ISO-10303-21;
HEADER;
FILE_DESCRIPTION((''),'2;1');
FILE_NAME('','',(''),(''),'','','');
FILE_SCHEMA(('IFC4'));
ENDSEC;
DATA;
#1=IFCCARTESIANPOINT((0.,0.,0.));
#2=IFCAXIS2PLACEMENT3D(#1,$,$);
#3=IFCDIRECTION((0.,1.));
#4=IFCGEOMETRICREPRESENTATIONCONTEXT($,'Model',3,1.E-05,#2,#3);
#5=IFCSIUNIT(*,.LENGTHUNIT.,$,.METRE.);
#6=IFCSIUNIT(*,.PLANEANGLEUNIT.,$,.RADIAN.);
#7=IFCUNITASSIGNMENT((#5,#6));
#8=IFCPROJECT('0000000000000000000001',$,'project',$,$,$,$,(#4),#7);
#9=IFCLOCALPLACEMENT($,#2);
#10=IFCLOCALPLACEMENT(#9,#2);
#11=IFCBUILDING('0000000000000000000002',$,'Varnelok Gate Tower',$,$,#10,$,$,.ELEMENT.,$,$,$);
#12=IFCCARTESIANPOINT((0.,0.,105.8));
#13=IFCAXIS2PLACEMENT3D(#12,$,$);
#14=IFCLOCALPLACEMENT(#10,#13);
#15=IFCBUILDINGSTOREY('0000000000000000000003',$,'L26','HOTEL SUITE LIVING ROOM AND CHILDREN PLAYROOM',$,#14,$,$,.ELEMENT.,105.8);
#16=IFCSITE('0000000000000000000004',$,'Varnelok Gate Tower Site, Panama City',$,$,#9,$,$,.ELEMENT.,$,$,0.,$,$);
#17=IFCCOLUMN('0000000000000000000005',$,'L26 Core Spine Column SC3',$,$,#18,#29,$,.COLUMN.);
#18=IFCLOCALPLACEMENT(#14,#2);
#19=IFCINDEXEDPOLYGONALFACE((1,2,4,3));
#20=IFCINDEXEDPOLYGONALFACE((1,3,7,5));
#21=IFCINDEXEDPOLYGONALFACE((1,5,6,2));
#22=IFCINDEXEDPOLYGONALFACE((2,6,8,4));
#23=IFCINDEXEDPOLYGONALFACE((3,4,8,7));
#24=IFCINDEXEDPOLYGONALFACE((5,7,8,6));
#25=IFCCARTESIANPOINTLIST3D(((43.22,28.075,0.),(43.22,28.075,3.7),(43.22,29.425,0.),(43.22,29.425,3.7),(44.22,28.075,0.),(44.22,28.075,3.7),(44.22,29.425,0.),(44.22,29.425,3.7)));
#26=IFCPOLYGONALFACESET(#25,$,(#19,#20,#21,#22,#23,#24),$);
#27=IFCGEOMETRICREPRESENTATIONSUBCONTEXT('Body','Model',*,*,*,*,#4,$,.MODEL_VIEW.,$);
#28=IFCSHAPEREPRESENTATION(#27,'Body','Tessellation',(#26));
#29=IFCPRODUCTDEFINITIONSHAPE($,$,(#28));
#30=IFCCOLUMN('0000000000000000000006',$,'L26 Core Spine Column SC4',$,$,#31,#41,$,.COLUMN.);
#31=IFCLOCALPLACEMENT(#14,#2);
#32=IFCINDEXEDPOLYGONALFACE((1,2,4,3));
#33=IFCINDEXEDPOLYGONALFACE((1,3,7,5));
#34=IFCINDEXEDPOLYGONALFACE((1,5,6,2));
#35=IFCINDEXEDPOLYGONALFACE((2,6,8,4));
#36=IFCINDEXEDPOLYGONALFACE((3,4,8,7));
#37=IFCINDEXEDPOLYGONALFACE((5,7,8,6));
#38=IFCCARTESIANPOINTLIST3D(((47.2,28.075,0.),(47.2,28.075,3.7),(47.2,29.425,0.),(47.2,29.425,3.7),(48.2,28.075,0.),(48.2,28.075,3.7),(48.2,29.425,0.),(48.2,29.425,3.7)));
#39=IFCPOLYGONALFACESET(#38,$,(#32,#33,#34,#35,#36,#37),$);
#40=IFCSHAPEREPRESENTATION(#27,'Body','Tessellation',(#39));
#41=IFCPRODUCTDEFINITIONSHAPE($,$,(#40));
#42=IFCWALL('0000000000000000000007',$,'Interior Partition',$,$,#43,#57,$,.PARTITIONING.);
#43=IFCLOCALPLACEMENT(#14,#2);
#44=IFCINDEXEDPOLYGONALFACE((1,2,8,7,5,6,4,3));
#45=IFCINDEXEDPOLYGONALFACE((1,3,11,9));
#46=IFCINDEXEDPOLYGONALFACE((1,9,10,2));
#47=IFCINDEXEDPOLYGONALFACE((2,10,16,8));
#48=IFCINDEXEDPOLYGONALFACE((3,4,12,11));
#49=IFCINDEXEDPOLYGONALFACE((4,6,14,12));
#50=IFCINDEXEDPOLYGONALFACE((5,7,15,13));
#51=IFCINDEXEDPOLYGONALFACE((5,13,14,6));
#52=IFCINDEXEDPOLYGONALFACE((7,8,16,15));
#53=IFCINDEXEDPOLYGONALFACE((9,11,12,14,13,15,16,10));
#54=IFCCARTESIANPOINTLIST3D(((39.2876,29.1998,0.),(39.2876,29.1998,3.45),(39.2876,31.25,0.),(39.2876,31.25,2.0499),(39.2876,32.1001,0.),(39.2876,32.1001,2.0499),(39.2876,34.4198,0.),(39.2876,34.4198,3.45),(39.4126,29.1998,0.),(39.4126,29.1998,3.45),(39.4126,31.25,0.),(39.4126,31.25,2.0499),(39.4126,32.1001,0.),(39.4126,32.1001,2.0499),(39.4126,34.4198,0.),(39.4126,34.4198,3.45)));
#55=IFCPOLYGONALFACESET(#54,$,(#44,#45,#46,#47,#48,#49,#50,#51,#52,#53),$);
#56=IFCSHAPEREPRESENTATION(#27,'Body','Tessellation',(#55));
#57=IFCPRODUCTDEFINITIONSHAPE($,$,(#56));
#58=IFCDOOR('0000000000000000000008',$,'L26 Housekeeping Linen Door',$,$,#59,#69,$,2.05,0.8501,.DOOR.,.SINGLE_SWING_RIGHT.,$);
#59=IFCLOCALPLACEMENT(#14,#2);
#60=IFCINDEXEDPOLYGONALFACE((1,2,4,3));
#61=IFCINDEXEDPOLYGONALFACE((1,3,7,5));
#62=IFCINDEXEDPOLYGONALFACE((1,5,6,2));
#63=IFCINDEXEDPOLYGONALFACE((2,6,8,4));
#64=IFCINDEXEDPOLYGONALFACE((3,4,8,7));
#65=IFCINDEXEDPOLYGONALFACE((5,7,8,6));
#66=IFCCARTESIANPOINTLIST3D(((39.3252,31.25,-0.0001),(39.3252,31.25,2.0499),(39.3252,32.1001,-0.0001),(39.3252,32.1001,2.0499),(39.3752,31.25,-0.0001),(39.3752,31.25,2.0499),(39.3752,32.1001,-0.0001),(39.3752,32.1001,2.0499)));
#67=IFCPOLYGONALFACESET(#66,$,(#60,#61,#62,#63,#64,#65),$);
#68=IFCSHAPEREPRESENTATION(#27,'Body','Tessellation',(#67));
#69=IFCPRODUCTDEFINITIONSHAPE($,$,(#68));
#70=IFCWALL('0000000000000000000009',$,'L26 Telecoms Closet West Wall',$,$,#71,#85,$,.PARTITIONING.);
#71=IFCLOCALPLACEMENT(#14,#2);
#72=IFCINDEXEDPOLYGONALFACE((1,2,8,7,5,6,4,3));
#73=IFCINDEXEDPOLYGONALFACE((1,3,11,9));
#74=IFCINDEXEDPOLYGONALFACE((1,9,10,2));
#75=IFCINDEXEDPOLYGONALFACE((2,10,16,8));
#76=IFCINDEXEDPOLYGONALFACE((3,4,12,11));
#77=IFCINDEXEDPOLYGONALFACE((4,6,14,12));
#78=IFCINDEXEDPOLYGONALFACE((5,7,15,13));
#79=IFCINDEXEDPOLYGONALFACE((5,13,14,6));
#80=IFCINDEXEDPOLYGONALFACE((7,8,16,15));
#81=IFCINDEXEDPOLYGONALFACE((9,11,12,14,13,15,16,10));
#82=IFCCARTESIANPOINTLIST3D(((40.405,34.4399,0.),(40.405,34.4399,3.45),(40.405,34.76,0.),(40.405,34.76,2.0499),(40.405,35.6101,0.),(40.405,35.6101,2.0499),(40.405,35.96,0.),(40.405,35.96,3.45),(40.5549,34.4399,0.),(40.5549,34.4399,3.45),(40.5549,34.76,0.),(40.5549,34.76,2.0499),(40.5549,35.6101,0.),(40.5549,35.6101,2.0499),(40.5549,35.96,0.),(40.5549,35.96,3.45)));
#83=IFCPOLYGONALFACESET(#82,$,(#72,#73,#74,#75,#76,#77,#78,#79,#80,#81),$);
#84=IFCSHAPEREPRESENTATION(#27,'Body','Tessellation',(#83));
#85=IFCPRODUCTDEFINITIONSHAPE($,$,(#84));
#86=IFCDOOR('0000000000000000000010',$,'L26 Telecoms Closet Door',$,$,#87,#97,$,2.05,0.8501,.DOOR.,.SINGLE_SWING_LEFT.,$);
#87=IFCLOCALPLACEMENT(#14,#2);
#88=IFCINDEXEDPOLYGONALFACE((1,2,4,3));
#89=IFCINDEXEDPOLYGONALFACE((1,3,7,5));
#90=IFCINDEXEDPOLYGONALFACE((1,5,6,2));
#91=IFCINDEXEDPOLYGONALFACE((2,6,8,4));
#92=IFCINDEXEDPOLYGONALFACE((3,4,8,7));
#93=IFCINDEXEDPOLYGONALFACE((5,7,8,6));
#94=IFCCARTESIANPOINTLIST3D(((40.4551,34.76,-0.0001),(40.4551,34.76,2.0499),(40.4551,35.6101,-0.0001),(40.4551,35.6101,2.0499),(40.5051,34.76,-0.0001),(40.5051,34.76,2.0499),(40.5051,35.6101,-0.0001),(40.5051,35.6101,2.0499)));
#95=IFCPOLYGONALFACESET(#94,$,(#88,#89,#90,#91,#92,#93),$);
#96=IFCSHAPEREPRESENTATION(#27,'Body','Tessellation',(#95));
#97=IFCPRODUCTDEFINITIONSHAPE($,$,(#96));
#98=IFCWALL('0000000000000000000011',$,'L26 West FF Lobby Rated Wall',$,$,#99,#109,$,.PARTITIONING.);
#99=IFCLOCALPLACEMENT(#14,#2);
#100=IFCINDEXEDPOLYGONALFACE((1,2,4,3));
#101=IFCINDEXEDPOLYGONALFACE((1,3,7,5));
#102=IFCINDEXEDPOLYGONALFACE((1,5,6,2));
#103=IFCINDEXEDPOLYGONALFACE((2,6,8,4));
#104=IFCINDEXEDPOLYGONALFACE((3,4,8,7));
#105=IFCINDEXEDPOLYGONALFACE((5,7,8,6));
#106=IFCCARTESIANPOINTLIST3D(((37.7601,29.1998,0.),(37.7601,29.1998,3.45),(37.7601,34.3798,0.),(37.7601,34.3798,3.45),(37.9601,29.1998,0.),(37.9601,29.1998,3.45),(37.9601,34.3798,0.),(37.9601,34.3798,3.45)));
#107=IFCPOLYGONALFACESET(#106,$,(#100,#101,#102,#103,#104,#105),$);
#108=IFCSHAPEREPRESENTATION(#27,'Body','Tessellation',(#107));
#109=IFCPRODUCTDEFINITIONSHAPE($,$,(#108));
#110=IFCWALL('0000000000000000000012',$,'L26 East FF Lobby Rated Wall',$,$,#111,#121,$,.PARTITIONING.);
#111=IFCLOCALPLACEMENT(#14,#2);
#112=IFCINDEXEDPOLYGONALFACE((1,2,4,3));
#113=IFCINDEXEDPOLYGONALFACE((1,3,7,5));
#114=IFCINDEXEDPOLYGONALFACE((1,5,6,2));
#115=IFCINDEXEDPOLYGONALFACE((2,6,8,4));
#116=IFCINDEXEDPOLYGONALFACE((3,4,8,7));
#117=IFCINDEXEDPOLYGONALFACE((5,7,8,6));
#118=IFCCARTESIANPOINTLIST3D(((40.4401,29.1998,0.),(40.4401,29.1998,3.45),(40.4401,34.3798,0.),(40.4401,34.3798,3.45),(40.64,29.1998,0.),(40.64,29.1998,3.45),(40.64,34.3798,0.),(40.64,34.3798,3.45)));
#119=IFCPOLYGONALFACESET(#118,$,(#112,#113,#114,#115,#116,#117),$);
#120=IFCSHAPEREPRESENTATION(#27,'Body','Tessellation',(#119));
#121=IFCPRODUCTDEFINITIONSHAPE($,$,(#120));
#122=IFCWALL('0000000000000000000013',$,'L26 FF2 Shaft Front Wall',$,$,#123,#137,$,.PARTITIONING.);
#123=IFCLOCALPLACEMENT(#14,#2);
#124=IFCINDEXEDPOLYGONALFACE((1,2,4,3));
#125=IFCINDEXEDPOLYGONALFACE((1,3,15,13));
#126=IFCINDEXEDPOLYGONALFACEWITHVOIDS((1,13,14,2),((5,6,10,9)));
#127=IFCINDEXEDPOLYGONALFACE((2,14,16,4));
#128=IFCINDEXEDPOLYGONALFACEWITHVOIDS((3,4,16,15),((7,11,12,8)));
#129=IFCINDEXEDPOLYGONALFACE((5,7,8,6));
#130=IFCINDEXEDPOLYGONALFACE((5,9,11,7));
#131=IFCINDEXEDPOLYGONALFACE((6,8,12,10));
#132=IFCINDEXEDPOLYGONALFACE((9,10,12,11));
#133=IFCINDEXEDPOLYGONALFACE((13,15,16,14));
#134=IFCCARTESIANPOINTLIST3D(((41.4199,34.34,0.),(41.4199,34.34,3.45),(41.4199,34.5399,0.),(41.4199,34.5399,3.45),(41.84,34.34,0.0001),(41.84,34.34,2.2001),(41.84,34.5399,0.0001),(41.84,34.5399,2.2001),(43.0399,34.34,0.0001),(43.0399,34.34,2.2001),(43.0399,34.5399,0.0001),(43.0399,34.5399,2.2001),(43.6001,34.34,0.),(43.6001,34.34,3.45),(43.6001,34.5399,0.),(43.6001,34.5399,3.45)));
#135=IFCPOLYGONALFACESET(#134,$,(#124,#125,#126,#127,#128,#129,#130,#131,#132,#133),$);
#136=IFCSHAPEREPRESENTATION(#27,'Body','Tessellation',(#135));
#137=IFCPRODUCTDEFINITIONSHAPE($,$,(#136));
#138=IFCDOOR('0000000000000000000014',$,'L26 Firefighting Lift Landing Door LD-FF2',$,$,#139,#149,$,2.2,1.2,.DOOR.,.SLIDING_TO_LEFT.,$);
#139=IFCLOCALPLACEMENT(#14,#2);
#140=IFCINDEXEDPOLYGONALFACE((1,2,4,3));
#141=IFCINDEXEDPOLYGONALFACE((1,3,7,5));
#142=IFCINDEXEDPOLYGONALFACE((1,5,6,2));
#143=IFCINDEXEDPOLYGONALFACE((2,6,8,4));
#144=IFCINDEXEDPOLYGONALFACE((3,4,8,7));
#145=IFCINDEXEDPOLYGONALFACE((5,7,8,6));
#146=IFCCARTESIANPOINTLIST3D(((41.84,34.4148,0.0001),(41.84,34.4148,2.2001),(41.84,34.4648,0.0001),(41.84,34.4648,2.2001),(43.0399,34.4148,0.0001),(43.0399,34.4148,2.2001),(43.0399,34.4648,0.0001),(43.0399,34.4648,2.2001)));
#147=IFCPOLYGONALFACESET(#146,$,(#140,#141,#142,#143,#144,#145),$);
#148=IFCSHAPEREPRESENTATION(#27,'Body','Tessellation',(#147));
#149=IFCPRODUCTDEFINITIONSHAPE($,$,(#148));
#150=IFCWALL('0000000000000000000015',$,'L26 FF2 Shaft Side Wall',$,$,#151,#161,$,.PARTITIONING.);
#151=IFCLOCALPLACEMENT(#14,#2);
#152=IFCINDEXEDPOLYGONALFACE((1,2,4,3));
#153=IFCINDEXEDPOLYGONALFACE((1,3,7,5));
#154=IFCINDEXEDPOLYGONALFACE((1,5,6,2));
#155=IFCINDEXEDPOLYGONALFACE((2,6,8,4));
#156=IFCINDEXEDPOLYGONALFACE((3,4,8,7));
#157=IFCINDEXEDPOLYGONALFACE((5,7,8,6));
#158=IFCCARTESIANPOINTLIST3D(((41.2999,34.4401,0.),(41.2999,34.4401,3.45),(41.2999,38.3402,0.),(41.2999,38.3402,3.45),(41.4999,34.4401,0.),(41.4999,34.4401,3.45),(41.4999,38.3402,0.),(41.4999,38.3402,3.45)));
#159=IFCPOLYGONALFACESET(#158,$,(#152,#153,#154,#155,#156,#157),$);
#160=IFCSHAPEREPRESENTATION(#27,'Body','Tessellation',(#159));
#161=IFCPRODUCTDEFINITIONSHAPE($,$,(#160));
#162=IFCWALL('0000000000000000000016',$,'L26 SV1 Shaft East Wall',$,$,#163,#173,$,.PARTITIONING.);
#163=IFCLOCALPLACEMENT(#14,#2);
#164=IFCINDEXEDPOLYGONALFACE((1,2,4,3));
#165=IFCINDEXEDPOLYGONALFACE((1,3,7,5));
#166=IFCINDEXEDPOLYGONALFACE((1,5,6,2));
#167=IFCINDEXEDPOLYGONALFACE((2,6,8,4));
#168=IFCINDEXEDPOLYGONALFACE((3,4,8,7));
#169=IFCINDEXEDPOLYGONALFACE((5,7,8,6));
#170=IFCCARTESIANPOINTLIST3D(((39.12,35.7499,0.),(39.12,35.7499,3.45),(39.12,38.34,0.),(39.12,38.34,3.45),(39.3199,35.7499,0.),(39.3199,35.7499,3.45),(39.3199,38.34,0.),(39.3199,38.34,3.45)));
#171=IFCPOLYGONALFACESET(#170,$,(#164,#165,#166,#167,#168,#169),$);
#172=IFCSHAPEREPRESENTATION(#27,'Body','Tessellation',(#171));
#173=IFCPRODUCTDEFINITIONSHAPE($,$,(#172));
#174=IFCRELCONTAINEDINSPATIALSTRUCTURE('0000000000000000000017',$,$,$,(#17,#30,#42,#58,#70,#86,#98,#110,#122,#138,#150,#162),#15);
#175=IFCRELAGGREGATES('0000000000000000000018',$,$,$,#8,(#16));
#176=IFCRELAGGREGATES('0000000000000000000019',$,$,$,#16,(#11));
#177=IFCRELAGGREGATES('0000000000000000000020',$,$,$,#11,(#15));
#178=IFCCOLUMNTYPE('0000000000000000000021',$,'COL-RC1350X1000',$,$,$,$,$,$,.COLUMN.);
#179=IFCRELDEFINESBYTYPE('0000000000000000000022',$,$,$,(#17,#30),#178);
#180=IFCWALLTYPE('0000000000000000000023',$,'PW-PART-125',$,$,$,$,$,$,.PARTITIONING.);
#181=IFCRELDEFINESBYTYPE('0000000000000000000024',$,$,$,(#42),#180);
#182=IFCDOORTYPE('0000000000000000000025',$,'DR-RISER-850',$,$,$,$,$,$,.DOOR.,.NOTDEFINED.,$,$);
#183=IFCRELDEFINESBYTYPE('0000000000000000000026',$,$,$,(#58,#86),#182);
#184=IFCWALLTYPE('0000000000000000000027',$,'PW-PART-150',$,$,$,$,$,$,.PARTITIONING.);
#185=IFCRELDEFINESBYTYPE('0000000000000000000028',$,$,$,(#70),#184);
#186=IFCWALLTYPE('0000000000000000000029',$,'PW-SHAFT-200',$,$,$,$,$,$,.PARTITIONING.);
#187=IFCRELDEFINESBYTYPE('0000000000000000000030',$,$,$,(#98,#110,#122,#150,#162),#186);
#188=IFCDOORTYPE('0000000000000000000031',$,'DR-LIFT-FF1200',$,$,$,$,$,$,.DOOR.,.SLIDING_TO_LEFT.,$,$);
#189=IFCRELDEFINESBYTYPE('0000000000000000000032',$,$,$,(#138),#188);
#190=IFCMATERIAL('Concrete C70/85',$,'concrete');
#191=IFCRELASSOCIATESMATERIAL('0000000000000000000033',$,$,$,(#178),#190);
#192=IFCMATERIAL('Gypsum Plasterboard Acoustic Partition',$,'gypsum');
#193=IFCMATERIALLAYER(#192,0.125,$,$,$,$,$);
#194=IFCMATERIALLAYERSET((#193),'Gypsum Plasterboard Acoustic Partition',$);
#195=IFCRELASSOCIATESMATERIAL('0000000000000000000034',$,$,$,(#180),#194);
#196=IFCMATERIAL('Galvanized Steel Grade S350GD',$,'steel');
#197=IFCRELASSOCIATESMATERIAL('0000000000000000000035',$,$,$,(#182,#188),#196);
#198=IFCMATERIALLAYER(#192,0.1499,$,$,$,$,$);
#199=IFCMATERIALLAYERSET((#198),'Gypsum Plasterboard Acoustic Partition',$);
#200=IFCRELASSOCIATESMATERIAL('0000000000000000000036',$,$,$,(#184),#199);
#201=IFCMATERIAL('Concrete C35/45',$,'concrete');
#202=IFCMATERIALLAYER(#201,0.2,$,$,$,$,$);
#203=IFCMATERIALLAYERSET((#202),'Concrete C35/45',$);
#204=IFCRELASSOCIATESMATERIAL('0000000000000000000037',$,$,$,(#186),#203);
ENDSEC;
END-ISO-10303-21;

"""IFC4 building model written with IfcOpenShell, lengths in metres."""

from ifc_helpers import new_model, si_unit, direction, frame, frame_2d, origin, origin_2d, place, context, subcontext, project, spatial, rectangle, extrude, material, layer, layer_set, material_profile, profile_set, type_object, element, fill, save


model = new_model("IFC4")

# Units and contexts
model_context = context("Model", 3, precision=1e-05, world=origin(), true_north=direction((0.0, 1.0)))
body_context = subcontext(model_context, "Body", "Model", "MODEL_VIEW")
ifc_project = project(units=[si_unit("LENGTHUNIT", "METRE"), si_unit("PLANEANGLEUNIT", "RADIAN")], contexts=[model_context])

# Site, building, storey
site_placement = place(None, origin())
site = spatial("IfcSite", under=ifc_project, at=site_placement, Name="Varnelok Gate Tower Site, Panama City", CompositionType="ELEMENT", RefElevation=0.0)
building_placement = place(site_placement, origin())
building = spatial("IfcBuilding", under=site, at=building_placement, Name="Varnelok Gate Tower", CompositionType="ELEMENT")
storey_placement = place(building_placement, frame((0.0, 0.0, 105.8)))
storey = spatial("IfcBuildingStorey", under=building, at=storey_placement, Name="L26", Description="HOTEL SUITE LIVING ROOM AND CHILDREN PLAYROOM", CompositionType="ELEMENT", Elevation=105.8)

# Columns
ifc_material_1 = material(Name="Concrete C70/85", Category="concrete")
ifc_material_profile = material_profile(ifc_material_1, rectangle(XDim=1.0, YDim=1.3501, at=origin_2d()), Name="RC1350X1000")
ifc_profile_set = profile_set([ifc_material_profile], Name="Concrete C70/85")
column_type = type_object("IfcColumnType", Name="COL-RC1350X1000", PredefinedType="COLUMN", material=ifc_profile_set)
for number, where, z_axis, x_axis, name in (
    (1, (43.72, 28.75, 0.0), (0.0, 0.0, 1.0), (1.0, 0.0, 0.0), "L26 Core Spine Column SC3"),
    (2, (47.7, 28.75, 0.0), (0.0, 0.0, 1.0), (1.0, 0.0, 0.0), "L26 Core Spine Column SC4"),
):
    element("IfcColumn", number, at=place(storey_placement, frame(where, z_axis=z_axis, x_axis=x_axis)), inside=storey, type_object=column_type, Name=name, PredefinedType="COLUMN", context=body_context, shape_type="SweptSolid", body=[
        extrude(rectangle(XDim=1.0, YDim=1.3501, at=origin_2d()), origin(), (0.0, 0.0, 1.0), 3.7),
    ])

# Walls, openings, doors
ifc_material_2 = material(Name="Gypsum Plasterboard Acoustic Partition", Category="gypsum")
ifc_layer_1 = layer(ifc_material_2, 0.125)
ifc_layer_set_1 = layer_set([ifc_layer_1], Name="Gypsum Plasterboard Acoustic Partition")
wall_type_1 = type_object("IfcWallType", Name="PW-PART-125", PredefinedType="PARTITIONING", material=ifc_layer_set_1)
wall_1_placement = place(storey_placement, frame((39.3501, 29.2, 0.0), z_axis=(0.0, 0.0, 1.0), x_axis=(0.0, 1.0, 0.0)))
wall_1 = element("IfcWall", 3, at=wall_1_placement, inside=storey, type_object=wall_type_1, Name="Interior Partition", PredefinedType="PARTITIONING", context=body_context, shape_type="SweptSolid", body=[
    extrude(rectangle(XDim=5.22, YDim=0.125, at=frame_2d((2.6099, 0.0))), origin(), (0.0, 0.0, 1.0), 3.45),
])
opening_1_placement = place(wall_1_placement, frame((2.05, 0.0, 0.0)))
opening_1 = element("IfcOpeningElement", 4, at=opening_1_placement, cuts=wall_1, PredefinedType="OPENING", context=body_context, shape_type="SweptSolid", body=[
    extrude(rectangle(XDim=0.8501, YDim=2.05, at=frame_2d((0.425, 1.0249))), frame((0.0, 0.0725, 0.0), z_axis=(0.0, -1.0, 0.0), x_axis=(1.0, 0.0, 0.0)), (0.0, 0.0, 1.0), 0.145),
])
ifc_material_3 = material(Name="Galvanized Steel Grade S350GD", Category="steel")
door_type_1 = type_object("IfcDoorType", Name="DR-RISER-850", OperationType="NOTDEFINED", PredefinedType="DOOR", material=ifc_material_3)
door_1_placement = place(opening_1_placement, origin())
door_1 = element("IfcDoor", 5, at=door_1_placement, inside=storey, type_object=door_type_1, Name="L26 Housekeeping Linen Door", OperationType="SINGLE_SWING_RIGHT", OverallHeight=2.05, OverallWidth=0.8501, PredefinedType="DOOR", context=body_context, shape_type="SweptSolid", body=[
    extrude(rectangle(XDim=0.8501, YDim=2.05, at=frame_2d((0.425, 1.0249))), frame((0.0, 0.0249, 0.0), z_axis=(0.0, -1.0, 0.0), x_axis=(1.0, 0.0, 0.0)), (0.0, 0.0, 1.0), 0.05),
])
fill(opening_1, door_1)
ifc_layer_2 = layer(ifc_material_2, 0.1499)
ifc_layer_set_2 = layer_set([ifc_layer_2], Name="Gypsum Plasterboard Acoustic Partition")
wall_type_2 = type_object("IfcWallType", Name="PW-PART-150", PredefinedType="PARTITIONING", material=ifc_layer_set_2)
wall_2_placement = place(storey_placement, frame((40.48, 34.4399, 0.0), z_axis=(0.0, 0.0, 1.0), x_axis=(0.0, 1.0, 0.0)))
wall_2 = element("IfcWall", 6, at=wall_2_placement, inside=storey, type_object=wall_type_2, Name="L26 Telecoms Closet West Wall", PredefinedType="PARTITIONING", context=body_context, shape_type="SweptSolid", body=[
    extrude(rectangle(XDim=1.52, YDim=0.1499, at=frame_2d((0.76, 0.0))), origin(), (0.0, 0.0, 1.0), 3.45),
])
opening_2_placement = place(wall_2_placement, frame((0.3201, 0.0, 0.0)))
opening_2 = element("IfcOpeningElement", 7, at=opening_2_placement, cuts=wall_2, PredefinedType="OPENING", context=body_context, shape_type="SweptSolid", body=[
    extrude(rectangle(XDim=0.8501, YDim=2.05, at=frame_2d((0.425, 1.0249))), frame((0.0, 0.085, 0.0), z_axis=(0.0, -1.0, 0.0), x_axis=(1.0, 0.0, 0.0)), (0.0, 0.0, 1.0), 0.1699),
])
door_2_placement = place(opening_2_placement, origin())
door_2 = element("IfcDoor", 8, at=door_2_placement, inside=storey, type_object=door_type_1, Name="L26 Telecoms Closet Door", OperationType="SINGLE_SWING_LEFT", OverallHeight=2.05, OverallWidth=0.8501, PredefinedType="DOOR", context=body_context, shape_type="SweptSolid", body=[
    extrude(rectangle(XDim=0.8501, YDim=2.05, at=frame_2d((0.425, 1.0249))), frame((0.0, 0.0249, 0.0), z_axis=(0.0, -1.0, 0.0), x_axis=(1.0, 0.0, 0.0)), (0.0, 0.0, 1.0), 0.05),
])
fill(opening_2, door_2)

# Walls
ifc_material_4 = material(Name="Concrete C35/45", Category="concrete")
ifc_layer_3 = layer(ifc_material_4, 0.2)
ifc_layer_set_3 = layer_set([ifc_layer_3], Name="Concrete C35/45")
wall_type_3 = type_object("IfcWallType", Name="PW-SHAFT-200", PredefinedType="PARTITIONING", material=ifc_layer_set_3)
for number, where, z_axis, x_axis, name in (
    (9, (37.8601, 29.2, 0.0), (0.0, 0.0, 1.0), (0.0, 1.0, 0.0), "L26 West FF Lobby Rated Wall"),
    (10, (40.54, 29.2, 0.0), (0.0, 0.0, 1.0), (0.0, 1.0, 0.0), "L26 East FF Lobby Rated Wall"),
):
    element("IfcWall", number, at=place(storey_placement, frame(where, z_axis=z_axis, x_axis=x_axis)), inside=storey, type_object=wall_type_3, Name=name, PredefinedType="PARTITIONING", context=body_context, shape_type="SweptSolid", body=[
        extrude(rectangle(XDim=5.1799, YDim=0.2, at=frame_2d((2.5898, 0.0))), origin(), (0.0, 0.0, 1.0), 3.45),
    ])

# Wall, opening, door
wall_3_placement = place(storey_placement, frame((41.4199, 34.4399, 0.0), z_axis=(0.0, 0.0, 1.0), x_axis=(1.0, 0.0, 0.0)))
wall_3 = element("IfcWall", 11, at=wall_3_placement, inside=storey, type_object=wall_type_3, Name="L26 FF2 Shaft Front Wall", PredefinedType="PARTITIONING", context=body_context, shape_type="SweptSolid", body=[
    extrude(rectangle(XDim=2.1802, YDim=0.2, at=frame_2d((1.0901, 0.0))), origin(), (0.0, 0.0, 1.0), 3.45),
])
opening_3_placement = place(wall_3_placement, frame((0.4199, 0.0, 0.0)))
opening_3 = element("IfcOpeningElement", 12, at=opening_3_placement, cuts=wall_3, PredefinedType="OPENING", context=body_context, shape_type="SweptSolid", body=[
    extrude(rectangle(XDim=1.2, YDim=2.2, at=frame_2d((0.6001, 1.1001))), frame((0.0, 0.1099, 0.0), z_axis=(0.0, -1.0, 0.0), x_axis=(1.0, 0.0, 0.0)), (0.0, 0.0, 1.0), 0.22),
])
door_type_2 = type_object("IfcDoorType", Name="DR-LIFT-FF1200", OperationType="SLIDING_TO_LEFT", PredefinedType="DOOR", material=ifc_material_3)
door_3_placement = place(opening_3_placement, origin())
door_3 = element("IfcDoor", 13, at=door_3_placement, inside=storey, type_object=door_type_2, Name="L26 Firefighting Lift Landing Door LD-FF2", OperationType="SLIDING_TO_LEFT", OverallHeight=2.2, OverallWidth=1.2, PredefinedType="DOOR", context=body_context, shape_type="SweptSolid", body=[
    extrude(rectangle(XDim=1.2, YDim=2.2, at=frame_2d((0.6001, 1.1001))), frame((0.0, 0.0249, 0.0), z_axis=(0.0, -1.0, 0.0), x_axis=(1.0, 0.0, 0.0)), (0.0, 0.0, 1.0), 0.05),
])
fill(opening_3, door_3)

# Walls
wall_4_placement = place(storey_placement, frame((41.3999, 34.4399, 0.0), z_axis=(0.0, 0.0, 1.0), x_axis=(0.0, 1.0, 0.0)))
element("IfcWall", 14, at=wall_4_placement, inside=storey, type_object=wall_type_3, Name="L26 FF2 Shaft Side Wall", PredefinedType="PARTITIONING", context=body_context, shape_type="SweptSolid", body=[
    extrude(rectangle(XDim=3.9001, YDim=0.2, at=frame_2d((1.9502, 0.0))), origin(), (0.0, 0.0, 1.0), 3.45),
])
wall_5_placement = place(storey_placement, frame((39.22, 35.75, 0.0), z_axis=(0.0, 0.0, 1.0), x_axis=(0.0, 1.0, 0.0)))
element("IfcWall", 15, at=wall_5_placement, inside=storey, type_object=wall_type_3, Name="L26 SV1 Shaft East Wall", PredefinedType="PARTITIONING", context=body_context, shape_type="SweptSolid", body=[
    extrude(rectangle(XDim=2.5901, YDim=0.2, at=frame_2d((1.2949, 0.0))), origin(), (0.0, 0.0, 1.0), 3.45),
])

save(model, "model.ifc")
